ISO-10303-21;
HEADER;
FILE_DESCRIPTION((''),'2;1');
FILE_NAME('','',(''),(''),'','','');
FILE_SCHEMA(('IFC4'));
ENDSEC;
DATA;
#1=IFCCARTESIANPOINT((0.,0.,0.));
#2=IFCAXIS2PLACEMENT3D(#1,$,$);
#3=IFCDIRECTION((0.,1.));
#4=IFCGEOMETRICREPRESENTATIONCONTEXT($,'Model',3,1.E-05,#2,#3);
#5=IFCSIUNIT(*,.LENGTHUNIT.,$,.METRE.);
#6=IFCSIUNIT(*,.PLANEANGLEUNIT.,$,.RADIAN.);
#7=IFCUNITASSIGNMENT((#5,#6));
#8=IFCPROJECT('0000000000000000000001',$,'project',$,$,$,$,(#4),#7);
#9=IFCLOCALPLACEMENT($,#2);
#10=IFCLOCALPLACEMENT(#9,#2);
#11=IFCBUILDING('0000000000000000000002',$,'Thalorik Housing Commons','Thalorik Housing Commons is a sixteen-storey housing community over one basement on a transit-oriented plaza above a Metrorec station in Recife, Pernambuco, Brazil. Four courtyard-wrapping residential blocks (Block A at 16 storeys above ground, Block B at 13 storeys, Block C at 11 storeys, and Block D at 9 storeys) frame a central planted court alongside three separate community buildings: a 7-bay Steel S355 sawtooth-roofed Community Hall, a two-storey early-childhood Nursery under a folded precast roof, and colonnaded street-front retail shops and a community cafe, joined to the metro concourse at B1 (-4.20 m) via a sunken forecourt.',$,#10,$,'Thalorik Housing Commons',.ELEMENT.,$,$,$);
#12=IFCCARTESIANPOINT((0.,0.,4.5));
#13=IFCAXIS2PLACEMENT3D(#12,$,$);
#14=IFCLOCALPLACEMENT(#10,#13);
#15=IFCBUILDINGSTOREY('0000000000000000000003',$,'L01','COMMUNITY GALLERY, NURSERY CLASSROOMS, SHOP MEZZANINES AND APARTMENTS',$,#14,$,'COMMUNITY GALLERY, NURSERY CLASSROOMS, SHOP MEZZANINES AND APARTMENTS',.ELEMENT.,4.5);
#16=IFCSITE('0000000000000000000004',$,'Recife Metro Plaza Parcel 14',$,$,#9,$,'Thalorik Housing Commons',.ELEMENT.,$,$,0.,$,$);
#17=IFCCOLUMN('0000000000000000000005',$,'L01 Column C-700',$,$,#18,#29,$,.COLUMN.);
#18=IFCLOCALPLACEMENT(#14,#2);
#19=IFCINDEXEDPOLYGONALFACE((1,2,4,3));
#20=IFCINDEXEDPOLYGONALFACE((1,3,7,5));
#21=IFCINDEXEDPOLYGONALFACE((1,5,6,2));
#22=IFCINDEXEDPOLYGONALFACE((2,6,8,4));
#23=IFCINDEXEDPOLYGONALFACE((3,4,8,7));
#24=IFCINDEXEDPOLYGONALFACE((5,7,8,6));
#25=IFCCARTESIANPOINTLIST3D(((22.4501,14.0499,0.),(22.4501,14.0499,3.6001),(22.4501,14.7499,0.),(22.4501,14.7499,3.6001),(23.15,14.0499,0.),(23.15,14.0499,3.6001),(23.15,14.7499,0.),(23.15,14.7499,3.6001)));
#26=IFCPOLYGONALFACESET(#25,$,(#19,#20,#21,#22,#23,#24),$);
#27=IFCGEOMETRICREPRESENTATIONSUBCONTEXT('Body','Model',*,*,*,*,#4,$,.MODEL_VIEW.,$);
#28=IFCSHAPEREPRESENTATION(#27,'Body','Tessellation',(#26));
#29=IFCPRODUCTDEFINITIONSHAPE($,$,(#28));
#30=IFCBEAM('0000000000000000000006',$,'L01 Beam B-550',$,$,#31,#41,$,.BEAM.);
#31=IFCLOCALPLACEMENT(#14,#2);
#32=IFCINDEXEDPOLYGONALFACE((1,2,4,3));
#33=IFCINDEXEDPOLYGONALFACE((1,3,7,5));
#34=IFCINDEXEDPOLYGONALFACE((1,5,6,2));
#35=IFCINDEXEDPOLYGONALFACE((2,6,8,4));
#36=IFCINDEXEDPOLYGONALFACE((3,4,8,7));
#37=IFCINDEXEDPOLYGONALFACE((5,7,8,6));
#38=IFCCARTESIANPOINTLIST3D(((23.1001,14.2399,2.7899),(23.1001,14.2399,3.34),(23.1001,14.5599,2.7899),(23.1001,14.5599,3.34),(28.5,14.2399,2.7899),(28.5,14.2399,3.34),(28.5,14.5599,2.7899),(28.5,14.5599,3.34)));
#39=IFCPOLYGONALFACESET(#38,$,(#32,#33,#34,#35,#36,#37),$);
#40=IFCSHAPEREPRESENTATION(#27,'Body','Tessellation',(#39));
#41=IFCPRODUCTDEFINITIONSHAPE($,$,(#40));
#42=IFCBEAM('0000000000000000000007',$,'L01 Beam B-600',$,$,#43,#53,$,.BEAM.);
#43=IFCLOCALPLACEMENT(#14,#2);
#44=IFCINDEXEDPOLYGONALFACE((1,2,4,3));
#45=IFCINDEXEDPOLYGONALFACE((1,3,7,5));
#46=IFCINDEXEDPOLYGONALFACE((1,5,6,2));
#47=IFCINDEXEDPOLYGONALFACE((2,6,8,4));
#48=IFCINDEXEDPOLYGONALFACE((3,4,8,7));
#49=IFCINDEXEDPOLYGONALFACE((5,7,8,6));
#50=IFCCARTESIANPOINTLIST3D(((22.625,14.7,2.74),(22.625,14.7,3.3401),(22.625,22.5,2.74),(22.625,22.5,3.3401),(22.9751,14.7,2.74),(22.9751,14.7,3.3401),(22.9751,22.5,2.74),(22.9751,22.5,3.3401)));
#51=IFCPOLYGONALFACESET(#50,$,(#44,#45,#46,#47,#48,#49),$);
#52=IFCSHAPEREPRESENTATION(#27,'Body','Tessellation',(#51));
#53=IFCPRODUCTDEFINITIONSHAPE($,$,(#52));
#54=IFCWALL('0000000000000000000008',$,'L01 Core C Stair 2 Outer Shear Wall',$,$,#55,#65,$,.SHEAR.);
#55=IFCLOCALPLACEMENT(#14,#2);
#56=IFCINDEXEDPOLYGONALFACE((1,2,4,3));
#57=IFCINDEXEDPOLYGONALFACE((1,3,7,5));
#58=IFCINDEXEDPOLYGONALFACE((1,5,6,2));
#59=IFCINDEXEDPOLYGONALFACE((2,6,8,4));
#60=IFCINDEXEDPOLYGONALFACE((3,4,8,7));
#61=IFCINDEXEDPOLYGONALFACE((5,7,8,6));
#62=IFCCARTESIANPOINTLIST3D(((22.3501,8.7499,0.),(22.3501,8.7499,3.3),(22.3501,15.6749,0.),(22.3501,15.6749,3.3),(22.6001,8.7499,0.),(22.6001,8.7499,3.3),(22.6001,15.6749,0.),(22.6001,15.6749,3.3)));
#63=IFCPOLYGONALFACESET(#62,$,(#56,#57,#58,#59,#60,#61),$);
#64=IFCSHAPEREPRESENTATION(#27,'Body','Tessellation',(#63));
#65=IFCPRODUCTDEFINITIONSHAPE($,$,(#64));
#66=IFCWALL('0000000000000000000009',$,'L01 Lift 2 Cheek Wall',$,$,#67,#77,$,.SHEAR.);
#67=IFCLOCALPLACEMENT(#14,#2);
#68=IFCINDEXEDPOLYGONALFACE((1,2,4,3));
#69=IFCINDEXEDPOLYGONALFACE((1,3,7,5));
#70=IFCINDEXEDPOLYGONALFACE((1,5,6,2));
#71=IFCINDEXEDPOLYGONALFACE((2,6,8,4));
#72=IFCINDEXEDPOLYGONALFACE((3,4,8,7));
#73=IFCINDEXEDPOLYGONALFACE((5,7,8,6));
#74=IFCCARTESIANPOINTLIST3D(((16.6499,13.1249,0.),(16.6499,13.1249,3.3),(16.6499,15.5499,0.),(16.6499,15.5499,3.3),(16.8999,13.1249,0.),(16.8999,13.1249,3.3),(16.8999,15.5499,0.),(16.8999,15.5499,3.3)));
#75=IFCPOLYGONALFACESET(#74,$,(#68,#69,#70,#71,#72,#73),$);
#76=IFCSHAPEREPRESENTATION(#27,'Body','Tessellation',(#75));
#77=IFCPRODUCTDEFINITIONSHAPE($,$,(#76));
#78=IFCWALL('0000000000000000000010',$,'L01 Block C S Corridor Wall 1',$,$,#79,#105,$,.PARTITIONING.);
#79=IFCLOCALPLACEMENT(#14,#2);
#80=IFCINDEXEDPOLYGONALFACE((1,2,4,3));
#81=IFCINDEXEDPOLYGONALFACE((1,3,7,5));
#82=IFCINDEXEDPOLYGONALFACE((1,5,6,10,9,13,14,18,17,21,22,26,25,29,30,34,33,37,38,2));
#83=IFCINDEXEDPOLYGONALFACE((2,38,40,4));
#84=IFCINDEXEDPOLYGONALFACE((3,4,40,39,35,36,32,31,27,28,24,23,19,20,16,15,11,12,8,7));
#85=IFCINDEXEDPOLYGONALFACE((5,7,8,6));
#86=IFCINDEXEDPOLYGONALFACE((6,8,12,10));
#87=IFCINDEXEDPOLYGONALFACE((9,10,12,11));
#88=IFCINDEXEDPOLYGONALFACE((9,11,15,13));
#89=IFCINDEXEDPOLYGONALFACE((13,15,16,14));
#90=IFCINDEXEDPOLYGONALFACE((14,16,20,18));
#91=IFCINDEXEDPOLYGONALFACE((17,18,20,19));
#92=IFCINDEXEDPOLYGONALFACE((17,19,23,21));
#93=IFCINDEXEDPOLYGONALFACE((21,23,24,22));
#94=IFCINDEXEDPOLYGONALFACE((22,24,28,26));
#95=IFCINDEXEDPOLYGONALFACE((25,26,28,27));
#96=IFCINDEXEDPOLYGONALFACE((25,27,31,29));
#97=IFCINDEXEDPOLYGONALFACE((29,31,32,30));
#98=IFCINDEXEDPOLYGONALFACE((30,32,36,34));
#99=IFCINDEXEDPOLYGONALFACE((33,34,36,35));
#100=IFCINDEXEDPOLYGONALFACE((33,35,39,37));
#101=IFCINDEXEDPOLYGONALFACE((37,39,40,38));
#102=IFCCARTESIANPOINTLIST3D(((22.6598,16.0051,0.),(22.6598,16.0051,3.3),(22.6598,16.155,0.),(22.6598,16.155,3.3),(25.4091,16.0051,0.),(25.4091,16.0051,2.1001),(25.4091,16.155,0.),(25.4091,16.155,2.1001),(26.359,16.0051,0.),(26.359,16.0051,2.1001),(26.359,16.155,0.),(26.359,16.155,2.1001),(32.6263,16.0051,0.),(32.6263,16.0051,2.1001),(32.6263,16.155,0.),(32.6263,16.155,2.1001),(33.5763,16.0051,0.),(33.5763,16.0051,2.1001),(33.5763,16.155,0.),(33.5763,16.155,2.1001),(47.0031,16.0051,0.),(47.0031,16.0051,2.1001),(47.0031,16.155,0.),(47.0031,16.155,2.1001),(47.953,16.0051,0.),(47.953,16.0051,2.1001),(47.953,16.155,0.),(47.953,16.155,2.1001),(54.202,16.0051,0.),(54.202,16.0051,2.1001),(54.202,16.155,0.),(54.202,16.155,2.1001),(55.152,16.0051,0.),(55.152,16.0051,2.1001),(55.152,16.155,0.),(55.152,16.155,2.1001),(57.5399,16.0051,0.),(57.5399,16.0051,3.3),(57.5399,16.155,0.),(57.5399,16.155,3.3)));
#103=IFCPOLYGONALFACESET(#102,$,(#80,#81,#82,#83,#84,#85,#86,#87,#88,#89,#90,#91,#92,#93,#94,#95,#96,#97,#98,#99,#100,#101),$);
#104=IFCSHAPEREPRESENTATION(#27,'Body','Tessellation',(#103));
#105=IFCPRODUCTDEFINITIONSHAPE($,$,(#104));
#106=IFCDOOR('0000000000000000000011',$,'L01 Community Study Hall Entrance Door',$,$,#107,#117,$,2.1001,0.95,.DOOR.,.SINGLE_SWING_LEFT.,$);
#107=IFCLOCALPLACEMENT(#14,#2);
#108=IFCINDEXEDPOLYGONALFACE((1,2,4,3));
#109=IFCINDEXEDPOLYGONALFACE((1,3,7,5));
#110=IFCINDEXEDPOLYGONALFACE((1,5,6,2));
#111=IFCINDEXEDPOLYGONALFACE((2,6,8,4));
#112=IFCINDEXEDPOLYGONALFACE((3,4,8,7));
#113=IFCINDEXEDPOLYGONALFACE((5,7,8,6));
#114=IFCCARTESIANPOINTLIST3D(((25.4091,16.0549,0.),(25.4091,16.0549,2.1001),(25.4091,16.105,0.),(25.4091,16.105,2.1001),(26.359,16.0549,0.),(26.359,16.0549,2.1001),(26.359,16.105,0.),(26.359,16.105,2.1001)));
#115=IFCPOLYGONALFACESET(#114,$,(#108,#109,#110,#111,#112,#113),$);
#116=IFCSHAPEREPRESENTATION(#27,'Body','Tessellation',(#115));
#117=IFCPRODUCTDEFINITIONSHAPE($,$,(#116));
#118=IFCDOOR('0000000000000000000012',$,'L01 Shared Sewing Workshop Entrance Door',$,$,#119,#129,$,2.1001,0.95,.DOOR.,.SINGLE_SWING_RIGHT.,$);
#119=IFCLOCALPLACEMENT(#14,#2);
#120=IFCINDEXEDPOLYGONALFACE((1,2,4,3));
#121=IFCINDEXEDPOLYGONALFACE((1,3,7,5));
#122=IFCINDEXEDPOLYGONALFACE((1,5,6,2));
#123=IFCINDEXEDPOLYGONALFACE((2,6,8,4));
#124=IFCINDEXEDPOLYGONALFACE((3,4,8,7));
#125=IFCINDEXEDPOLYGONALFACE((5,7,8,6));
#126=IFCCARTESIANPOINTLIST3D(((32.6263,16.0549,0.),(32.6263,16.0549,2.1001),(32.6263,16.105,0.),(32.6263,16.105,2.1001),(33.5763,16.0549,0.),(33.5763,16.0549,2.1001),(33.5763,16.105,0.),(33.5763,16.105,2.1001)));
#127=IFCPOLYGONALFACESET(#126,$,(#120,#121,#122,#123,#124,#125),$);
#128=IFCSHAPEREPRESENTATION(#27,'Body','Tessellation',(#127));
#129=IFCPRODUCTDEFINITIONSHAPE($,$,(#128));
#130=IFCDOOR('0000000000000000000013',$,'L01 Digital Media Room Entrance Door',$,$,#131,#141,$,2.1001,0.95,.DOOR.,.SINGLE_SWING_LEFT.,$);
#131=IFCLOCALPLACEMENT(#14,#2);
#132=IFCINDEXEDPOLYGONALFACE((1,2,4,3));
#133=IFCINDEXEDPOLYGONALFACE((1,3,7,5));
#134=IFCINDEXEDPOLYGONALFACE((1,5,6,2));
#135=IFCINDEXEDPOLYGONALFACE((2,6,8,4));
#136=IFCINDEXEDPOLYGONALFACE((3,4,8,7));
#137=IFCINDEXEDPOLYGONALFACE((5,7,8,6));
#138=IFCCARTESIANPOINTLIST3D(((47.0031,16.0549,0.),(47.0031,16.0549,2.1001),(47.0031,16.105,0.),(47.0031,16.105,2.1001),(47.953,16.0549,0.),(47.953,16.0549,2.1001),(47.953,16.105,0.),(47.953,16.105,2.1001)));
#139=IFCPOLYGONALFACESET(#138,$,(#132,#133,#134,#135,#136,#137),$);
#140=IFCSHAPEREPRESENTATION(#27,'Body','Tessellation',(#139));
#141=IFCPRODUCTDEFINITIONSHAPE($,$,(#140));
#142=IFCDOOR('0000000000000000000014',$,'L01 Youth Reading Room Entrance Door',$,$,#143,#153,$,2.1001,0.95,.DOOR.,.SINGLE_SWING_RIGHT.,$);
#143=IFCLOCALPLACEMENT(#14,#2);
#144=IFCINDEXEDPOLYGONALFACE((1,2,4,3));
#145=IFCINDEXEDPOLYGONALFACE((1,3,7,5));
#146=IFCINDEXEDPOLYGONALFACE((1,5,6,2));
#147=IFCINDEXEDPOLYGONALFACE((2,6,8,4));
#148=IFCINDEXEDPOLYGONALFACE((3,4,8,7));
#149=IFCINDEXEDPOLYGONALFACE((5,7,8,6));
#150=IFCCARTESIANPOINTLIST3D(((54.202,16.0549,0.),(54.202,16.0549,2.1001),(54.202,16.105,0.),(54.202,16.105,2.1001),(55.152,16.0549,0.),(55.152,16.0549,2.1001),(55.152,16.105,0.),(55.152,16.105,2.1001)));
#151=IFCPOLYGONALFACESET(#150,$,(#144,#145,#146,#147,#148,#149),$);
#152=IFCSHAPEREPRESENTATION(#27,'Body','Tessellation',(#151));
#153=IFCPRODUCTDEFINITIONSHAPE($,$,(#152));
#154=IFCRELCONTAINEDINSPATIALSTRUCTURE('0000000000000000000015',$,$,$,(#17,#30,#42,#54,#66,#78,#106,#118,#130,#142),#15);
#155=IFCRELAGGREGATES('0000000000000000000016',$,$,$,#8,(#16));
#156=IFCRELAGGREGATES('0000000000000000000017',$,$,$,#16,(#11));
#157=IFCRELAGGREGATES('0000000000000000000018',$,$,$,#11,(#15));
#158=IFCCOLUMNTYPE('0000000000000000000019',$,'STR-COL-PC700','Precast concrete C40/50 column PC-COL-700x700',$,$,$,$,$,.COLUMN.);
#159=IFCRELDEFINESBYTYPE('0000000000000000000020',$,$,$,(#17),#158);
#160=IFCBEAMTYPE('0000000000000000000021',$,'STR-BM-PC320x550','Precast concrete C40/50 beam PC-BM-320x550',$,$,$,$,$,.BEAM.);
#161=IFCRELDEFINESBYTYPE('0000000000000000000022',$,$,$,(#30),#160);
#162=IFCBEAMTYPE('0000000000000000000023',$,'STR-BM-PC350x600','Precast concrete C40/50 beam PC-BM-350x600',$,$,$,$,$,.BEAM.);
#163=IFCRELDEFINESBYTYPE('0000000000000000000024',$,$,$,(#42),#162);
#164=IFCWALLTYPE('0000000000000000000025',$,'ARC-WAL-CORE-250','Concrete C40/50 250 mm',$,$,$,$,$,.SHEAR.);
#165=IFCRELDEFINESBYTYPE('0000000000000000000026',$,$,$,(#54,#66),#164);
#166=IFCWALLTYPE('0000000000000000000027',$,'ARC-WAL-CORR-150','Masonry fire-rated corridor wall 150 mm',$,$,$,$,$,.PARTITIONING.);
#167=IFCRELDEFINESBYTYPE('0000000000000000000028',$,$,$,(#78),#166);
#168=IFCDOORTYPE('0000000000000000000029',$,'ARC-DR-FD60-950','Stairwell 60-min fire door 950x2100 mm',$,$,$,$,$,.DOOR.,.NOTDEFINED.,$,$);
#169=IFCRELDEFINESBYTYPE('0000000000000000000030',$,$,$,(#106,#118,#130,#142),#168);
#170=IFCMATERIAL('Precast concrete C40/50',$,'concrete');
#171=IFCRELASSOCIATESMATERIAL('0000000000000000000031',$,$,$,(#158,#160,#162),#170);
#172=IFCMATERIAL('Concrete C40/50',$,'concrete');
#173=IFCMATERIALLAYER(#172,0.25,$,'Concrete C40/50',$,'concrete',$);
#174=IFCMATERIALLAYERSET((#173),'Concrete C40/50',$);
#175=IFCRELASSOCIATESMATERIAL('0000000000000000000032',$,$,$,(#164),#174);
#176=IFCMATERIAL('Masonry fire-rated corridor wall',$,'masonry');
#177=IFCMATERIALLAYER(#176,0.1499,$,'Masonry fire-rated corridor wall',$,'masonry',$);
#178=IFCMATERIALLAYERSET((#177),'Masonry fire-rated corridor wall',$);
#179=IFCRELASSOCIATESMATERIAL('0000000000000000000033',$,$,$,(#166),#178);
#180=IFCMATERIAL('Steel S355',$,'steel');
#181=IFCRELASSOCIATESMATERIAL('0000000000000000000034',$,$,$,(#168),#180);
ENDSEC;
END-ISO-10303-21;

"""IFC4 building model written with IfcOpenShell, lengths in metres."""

from ifc_helpers import new_model, si_unit, direction, frame, frame_2d, origin, origin_2d, place, context, subcontext, project, spatial, rectangle, extrude, material, layer, layer_set, material_profile, profile_set, type_object, element, fill, save


model = new_model("IFC4")

# Units and contexts
model_context = context("Model", 3, precision=1e-05, world=origin(), true_north=direction((0.0, 1.0)))
body_context = subcontext(model_context, "Body", "Model", "MODEL_VIEW")
ifc_project = project(units=[si_unit("LENGTHUNIT", "METRE"), si_unit("PLANEANGLEUNIT", "RADIAN")], contexts=[model_context])

# Site, building, storey
site_placement = place(None, origin())
site = spatial("IfcSite", under=ifc_project, at=site_placement, Name="Recife Metro Plaza Parcel 14", LongName="Thalorik Housing Commons", CompositionType="ELEMENT", RefElevation=0.0)
building_placement = place(site_placement, origin())
building = spatial("IfcBuilding", under=site, at=building_placement, Name="Thalorik Housing Commons", Description="Thalorik Housing Commons is a sixteen-storey housing community over one basement on a transit-oriented plaza above a Metrorec station in Recife, Pernambuco, Brazil. Four courtyard-wrapping residential blocks (Block A at 16 storeys above ground, Block B at 13 storeys, Block C at 11 storeys, and Block D at 9 storeys) frame a central planted court alongside three separate community buildings: a 7-bay Steel S355 sawtooth-roofed Community Hall, a two-storey early-childhood Nursery under a folded precast roof, and colonnaded street-front retail shops and a community cafe, joined to the metro concourse at B1 (-4.20 m) via a sunken forecourt.", LongName="Thalorik Housing Commons", CompositionType="ELEMENT")
storey_placement = place(building_placement, frame((0.0, 0.0, 4.5)))
storey = spatial("IfcBuildingStorey", under=building, at=storey_placement, Name="L01", Description="COMMUNITY GALLERY, NURSERY CLASSROOMS, SHOP MEZZANINES AND APARTMENTS", LongName="COMMUNITY GALLERY, NURSERY CLASSROOMS, SHOP MEZZANINES AND APARTMENTS", CompositionType="ELEMENT", Elevation=4.5)

# Column
ifc_material_1 = material(Name="Precast concrete C40/50", Category="concrete")
ifc_material_profile_1 = material_profile(ifc_material_1, rectangle(XDim=0.7, YDim=0.7, at=origin_2d()), Name="PC 700x700", Category="concrete")
ifc_profile_set_1 = profile_set([ifc_material_profile_1], Name="Precast concrete C40/50")
column_type = type_object("IfcColumnType", Name="STR-COL-PC700", Description="Precast concrete C40/50 column PC-COL-700x700", PredefinedType="COLUMN", material=ifc_profile_set_1)
column_placement = place(storey_placement, frame((22.8, 14.3999, 0.0), z_axis=(0.0, 0.0, 1.0), x_axis=(1.0, 0.0, 0.0)))
element("IfcColumn", 1, at=column_placement, inside=storey, type_object=column_type, Name="L01 Column C-700", PredefinedType="COLUMN", context=body_context, shape_type="SweptSolid", body=[
    extrude(rectangle(XDim=0.7, YDim=0.7, at=origin_2d()), origin(), (0.0, 0.0, 1.0), 3.6001),
])

# Beams
ifc_material_profile_2 = material_profile(ifc_material_1, rectangle(XDim=0.3201, YDim=0.55, at=origin_2d()), Name="PC 320x550", Category="concrete")
ifc_profile_set_2 = profile_set([ifc_material_profile_2], Name="Precast concrete C40/50")
beam_type_1 = type_object("IfcBeamType", Name="STR-BM-PC320x550", Description="Precast concrete C40/50 beam PC-BM-320x550", PredefinedType="BEAM", material=ifc_profile_set_2)
beam_1_placement = place(storey_placement, frame((23.1001, 14.3999, 3.0649), z_axis=(1.0, 0.0, 0.0), x_axis=(0.0, 1.0, 0.0)))
element("IfcBeam", 2, at=beam_1_placement, inside=storey, type_object=beam_type_1, Name="L01 Beam B-550", PredefinedType="BEAM", context=body_context, shape_type="SweptSolid", body=[
    extrude(rectangle(XDim=0.3201, YDim=0.55, at=origin_2d()), origin(), (0.0, 0.0, 1.0), 5.3999),
])
ifc_material_profile_3 = material_profile(ifc_material_1, rectangle(XDim=0.3501, YDim=0.6001, at=origin_2d()), Name="PC 350x600", Category="concrete")
ifc_profile_set_3 = profile_set([ifc_material_profile_3], Name="Precast concrete C40/50")
beam_type_2 = type_object("IfcBeamType", Name="STR-BM-PC350x600", Description="Precast concrete C40/50 beam PC-BM-350x600", PredefinedType="BEAM", material=ifc_profile_set_3)
beam_2_placement = place(storey_placement, frame((22.8, 14.7, 3.04), z_axis=(0.0, 1.0, 0.0), x_axis=(-1.0, 0.0, 0.0)))
element("IfcBeam", 3, at=beam_2_placement, inside=storey, type_object=beam_type_2, Name="L01 Beam B-600", PredefinedType="BEAM", context=body_context, shape_type="SweptSolid", body=[
    extrude(rectangle(XDim=0.3501, YDim=0.6001, at=origin_2d()), origin(), (0.0, 0.0, 1.0), 7.8),
])

# Wall
ifc_material_2 = material(Name="Concrete C40/50", Category="concrete")
ifc_layer_1 = layer(ifc_material_2, 0.25, Name="Concrete C40/50", Category="concrete")
ifc_layer_set_1 = layer_set([ifc_layer_1], Name="Concrete C40/50")
wall_type_1 = type_object("IfcWallType", Name="ARC-WAL-CORE-250", Description="Concrete C40/50 250 mm", PredefinedType="SHEAR", material=ifc_layer_set_1)
wall_1_placement = place(storey_placement, frame((22.4751, 8.75, 0.0), z_axis=(0.0, 0.0, 1.0), x_axis=(0.0, 1.0, 0.0)))
element("IfcWall", 4, at=wall_1_placement, inside=storey, type_object=wall_type_1, Name="L01 Core C Stair 2 Outer Shear Wall", PredefinedType="SHEAR", context=body_context, shape_type="SweptSolid", body=[
    extrude(rectangle(XDim=6.925, YDim=0.25, at=frame_2d((3.4624, 0.0))), origin(), (0.0, 0.0, 1.0), 3.3),
])

# Shared definitions
ifc_material_3 = material(Name="Steel S355", Category="steel")

# Wall
wall_2_placement = place(storey_placement, frame((16.7749, 13.125, 0.0), z_axis=(0.0, 0.0, 1.0), x_axis=(0.0, 1.0, 0.0)))
element("IfcWall", 5, at=wall_2_placement, inside=storey, type_object=wall_type_1, Name="L01 Lift 2 Cheek Wall", PredefinedType="SHEAR", context=body_context, shape_type="SweptSolid", body=[
    extrude(rectangle(XDim=2.425, YDim=0.25, at=frame_2d((1.2124, 0.0))), origin(), (0.0, 0.0, 1.0), 3.3),
])

# Wall, openings, doors
ifc_material_4 = material(Name="Masonry fire-rated corridor wall", Category="masonry")
ifc_layer_2 = layer(ifc_material_4, 0.1499, Name="Masonry fire-rated corridor wall", Category="masonry")
ifc_layer_set_2 = layer_set([ifc_layer_2], Name="Masonry fire-rated corridor wall")
wall_type_2 = type_object("IfcWallType", Name="ARC-WAL-CORR-150", Description="Masonry fire-rated corridor wall 150 mm", PredefinedType="PARTITIONING", material=ifc_layer_set_2)
wall_3_placement = place(storey_placement, frame((22.6599, 16.0801, 0.0), z_axis=(0.0, 0.0, 1.0), x_axis=(1.0, 0.0, 0.0)))
wall_3 = element("IfcWall", 6, at=wall_3_placement, inside=storey, type_object=wall_type_2, Name="L01 Block C S Corridor Wall 1", PredefinedType="PARTITIONING", context=body_context, shape_type="SweptSolid", body=[
    extrude(rectangle(XDim=34.8801, YDim=0.1499, at=frame_2d((17.4399, 0.0))), origin(), (0.0, 0.0, 1.0), 3.3),
])
opening_1_placement = place(wall_3_placement, frame((2.749, 0.0, 0.0)))
opening_1 = element("IfcOpeningElement", 7, at=opening_1_placement, cuts=wall_3, PredefinedType="OPENING", context=body_context, shape_type="SweptSolid", body=[
    extrude(rectangle(XDim=0.95, YDim=2.1001, at=frame_2d((0.4751, 1.05))), frame((0.0, 0.085, 0.0), z_axis=(0.0, -1.0, 0.0), x_axis=(1.0, 0.0, 0.0)), (0.0, 0.0, 1.0), 0.1699),
])
opening_2_placement = place(wall_3_placement, frame((9.9663, 0.0, 0.0)))
opening_2 = element("IfcOpeningElement", 8, at=opening_2_placement, cuts=wall_3, PredefinedType="OPENING", context=body_context, shape_type="SweptSolid", body=[
    extrude(rectangle(XDim=0.95, YDim=2.1001, at=frame_2d((0.4751, 1.05))), frame((0.0, 0.085, 0.0), z_axis=(0.0, -1.0, 0.0), x_axis=(1.0, 0.0, 0.0)), (0.0, 0.0, 1.0), 0.1699),
])
opening_3_placement = place(wall_3_placement, frame((24.343, 0.0, 0.0)))
opening_3 = element("IfcOpeningElement", 9, at=opening_3_placement, cuts=wall_3, PredefinedType="OPENING", context=body_context, shape_type="SweptSolid", body=[
    extrude(rectangle(XDim=0.95, YDim=2.1001, at=frame_2d((0.4751, 1.05))), frame((0.0, 0.085, 0.0), z_axis=(0.0, -1.0, 0.0), x_axis=(1.0, 0.0, 0.0)), (0.0, 0.0, 1.0), 0.1699),
])
opening_4_placement = place(wall_3_placement, frame((31.542, 0.0, 0.0)))
opening_4 = element("IfcOpeningElement", 10, at=opening_4_placement, cuts=wall_3, PredefinedType="OPENING", context=body_context, shape_type="SweptSolid", body=[
    extrude(rectangle(XDim=0.95, YDim=2.1001, at=frame_2d((0.4751, 1.05))), frame((0.0, 0.085, 0.0), z_axis=(0.0, -1.0, 0.0), x_axis=(1.0, 0.0, 0.0)), (0.0, 0.0, 1.0), 0.1699),
])
door_type_1 = type_object("IfcDoorType", Name="ARC-DR-FD60-950", Description="Stairwell 60-min fire door 950x2100 mm", OperationType="NOTDEFINED", PredefinedType="DOOR", material=ifc_material_3)
door_1_placement = place(opening_1_placement, origin())
door_1 = element("IfcDoor", 11, at=door_1_placement, inside=storey, type_object=door_type_1, Name="L01 Community Study Hall Entrance Door", OperationType="SINGLE_SWING_LEFT", OverallHeight=2.1001, OverallWidth=0.95, PredefinedType="DOOR", context=body_context, shape_type="SweptSolid", body=[
    extrude(rectangle(XDim=0.95, YDim=2.1001, at=frame_2d((0.4751, 1.05))), frame((0.0, 0.0249, 0.0), z_axis=(0.0, -1.0, 0.0), x_axis=(1.0, 0.0, 0.0)), (0.0, 0.0, 1.0), 0.05),
])
fill(opening_1, door_1)
door_2_placement = place(opening_2_placement, origin())
door_2 = element("IfcDoor", 12, at=door_2_placement, inside=storey, type_object=door_type_1, Name="L01 Shared Sewing Workshop Entrance Door", OperationType="SINGLE_SWING_RIGHT", OverallHeight=2.1001, OverallWidth=0.95, PredefinedType="DOOR", context=body_context, shape_type="SweptSolid", body=[
    extrude(rectangle(XDim=0.95, YDim=2.1001, at=frame_2d((0.4751, 1.05))), frame((0.0, 0.0249, 0.0), z_axis=(0.0, -1.0, 0.0), x_axis=(1.0, 0.0, 0.0)), (0.0, 0.0, 1.0), 0.05),
])
fill(opening_2, door_2)
door_3_placement = place(opening_3_placement, origin())
door_3 = element("IfcDoor", 13, at=door_3_placement, inside=storey, type_object=door_type_1, Name="L01 Digital Media Room Entrance Door", OperationType="SINGLE_SWING_LEFT", OverallHeight=2.1001, OverallWidth=0.95, PredefinedType="DOOR", context=body_context, shape_type="SweptSolid", body=[
    extrude(rectangle(XDim=0.95, YDim=2.1001, at=frame_2d((0.4751, 1.05))), frame((0.0, 0.0249, 0.0), z_axis=(0.0, -1.0, 0.0), x_axis=(1.0, 0.0, 0.0)), (0.0, 0.0, 1.0), 0.05),
])
fill(opening_3, door_3)
door_4_placement = place(opening_4_placement, origin())
door_4 = element("IfcDoor", 14, at=door_4_placement, inside=storey, type_object=door_type_1, Name="L01 Youth Reading Room Entrance Door", OperationType="SINGLE_SWING_RIGHT", OverallHeight=2.1001, OverallWidth=0.95, PredefinedType="DOOR", context=body_context, shape_type="SweptSolid", body=[
    extrude(rectangle(XDim=0.95, YDim=2.1001, at=frame_2d((0.4751, 1.05))), frame((0.0, 0.0249, 0.0), z_axis=(0.0, -1.0, 0.0), x_axis=(1.0, 0.0, 0.0)), (0.0, 0.0, 1.0), 0.05),
])
fill(opening_4, door_4)

save(model, "model.ifc")
